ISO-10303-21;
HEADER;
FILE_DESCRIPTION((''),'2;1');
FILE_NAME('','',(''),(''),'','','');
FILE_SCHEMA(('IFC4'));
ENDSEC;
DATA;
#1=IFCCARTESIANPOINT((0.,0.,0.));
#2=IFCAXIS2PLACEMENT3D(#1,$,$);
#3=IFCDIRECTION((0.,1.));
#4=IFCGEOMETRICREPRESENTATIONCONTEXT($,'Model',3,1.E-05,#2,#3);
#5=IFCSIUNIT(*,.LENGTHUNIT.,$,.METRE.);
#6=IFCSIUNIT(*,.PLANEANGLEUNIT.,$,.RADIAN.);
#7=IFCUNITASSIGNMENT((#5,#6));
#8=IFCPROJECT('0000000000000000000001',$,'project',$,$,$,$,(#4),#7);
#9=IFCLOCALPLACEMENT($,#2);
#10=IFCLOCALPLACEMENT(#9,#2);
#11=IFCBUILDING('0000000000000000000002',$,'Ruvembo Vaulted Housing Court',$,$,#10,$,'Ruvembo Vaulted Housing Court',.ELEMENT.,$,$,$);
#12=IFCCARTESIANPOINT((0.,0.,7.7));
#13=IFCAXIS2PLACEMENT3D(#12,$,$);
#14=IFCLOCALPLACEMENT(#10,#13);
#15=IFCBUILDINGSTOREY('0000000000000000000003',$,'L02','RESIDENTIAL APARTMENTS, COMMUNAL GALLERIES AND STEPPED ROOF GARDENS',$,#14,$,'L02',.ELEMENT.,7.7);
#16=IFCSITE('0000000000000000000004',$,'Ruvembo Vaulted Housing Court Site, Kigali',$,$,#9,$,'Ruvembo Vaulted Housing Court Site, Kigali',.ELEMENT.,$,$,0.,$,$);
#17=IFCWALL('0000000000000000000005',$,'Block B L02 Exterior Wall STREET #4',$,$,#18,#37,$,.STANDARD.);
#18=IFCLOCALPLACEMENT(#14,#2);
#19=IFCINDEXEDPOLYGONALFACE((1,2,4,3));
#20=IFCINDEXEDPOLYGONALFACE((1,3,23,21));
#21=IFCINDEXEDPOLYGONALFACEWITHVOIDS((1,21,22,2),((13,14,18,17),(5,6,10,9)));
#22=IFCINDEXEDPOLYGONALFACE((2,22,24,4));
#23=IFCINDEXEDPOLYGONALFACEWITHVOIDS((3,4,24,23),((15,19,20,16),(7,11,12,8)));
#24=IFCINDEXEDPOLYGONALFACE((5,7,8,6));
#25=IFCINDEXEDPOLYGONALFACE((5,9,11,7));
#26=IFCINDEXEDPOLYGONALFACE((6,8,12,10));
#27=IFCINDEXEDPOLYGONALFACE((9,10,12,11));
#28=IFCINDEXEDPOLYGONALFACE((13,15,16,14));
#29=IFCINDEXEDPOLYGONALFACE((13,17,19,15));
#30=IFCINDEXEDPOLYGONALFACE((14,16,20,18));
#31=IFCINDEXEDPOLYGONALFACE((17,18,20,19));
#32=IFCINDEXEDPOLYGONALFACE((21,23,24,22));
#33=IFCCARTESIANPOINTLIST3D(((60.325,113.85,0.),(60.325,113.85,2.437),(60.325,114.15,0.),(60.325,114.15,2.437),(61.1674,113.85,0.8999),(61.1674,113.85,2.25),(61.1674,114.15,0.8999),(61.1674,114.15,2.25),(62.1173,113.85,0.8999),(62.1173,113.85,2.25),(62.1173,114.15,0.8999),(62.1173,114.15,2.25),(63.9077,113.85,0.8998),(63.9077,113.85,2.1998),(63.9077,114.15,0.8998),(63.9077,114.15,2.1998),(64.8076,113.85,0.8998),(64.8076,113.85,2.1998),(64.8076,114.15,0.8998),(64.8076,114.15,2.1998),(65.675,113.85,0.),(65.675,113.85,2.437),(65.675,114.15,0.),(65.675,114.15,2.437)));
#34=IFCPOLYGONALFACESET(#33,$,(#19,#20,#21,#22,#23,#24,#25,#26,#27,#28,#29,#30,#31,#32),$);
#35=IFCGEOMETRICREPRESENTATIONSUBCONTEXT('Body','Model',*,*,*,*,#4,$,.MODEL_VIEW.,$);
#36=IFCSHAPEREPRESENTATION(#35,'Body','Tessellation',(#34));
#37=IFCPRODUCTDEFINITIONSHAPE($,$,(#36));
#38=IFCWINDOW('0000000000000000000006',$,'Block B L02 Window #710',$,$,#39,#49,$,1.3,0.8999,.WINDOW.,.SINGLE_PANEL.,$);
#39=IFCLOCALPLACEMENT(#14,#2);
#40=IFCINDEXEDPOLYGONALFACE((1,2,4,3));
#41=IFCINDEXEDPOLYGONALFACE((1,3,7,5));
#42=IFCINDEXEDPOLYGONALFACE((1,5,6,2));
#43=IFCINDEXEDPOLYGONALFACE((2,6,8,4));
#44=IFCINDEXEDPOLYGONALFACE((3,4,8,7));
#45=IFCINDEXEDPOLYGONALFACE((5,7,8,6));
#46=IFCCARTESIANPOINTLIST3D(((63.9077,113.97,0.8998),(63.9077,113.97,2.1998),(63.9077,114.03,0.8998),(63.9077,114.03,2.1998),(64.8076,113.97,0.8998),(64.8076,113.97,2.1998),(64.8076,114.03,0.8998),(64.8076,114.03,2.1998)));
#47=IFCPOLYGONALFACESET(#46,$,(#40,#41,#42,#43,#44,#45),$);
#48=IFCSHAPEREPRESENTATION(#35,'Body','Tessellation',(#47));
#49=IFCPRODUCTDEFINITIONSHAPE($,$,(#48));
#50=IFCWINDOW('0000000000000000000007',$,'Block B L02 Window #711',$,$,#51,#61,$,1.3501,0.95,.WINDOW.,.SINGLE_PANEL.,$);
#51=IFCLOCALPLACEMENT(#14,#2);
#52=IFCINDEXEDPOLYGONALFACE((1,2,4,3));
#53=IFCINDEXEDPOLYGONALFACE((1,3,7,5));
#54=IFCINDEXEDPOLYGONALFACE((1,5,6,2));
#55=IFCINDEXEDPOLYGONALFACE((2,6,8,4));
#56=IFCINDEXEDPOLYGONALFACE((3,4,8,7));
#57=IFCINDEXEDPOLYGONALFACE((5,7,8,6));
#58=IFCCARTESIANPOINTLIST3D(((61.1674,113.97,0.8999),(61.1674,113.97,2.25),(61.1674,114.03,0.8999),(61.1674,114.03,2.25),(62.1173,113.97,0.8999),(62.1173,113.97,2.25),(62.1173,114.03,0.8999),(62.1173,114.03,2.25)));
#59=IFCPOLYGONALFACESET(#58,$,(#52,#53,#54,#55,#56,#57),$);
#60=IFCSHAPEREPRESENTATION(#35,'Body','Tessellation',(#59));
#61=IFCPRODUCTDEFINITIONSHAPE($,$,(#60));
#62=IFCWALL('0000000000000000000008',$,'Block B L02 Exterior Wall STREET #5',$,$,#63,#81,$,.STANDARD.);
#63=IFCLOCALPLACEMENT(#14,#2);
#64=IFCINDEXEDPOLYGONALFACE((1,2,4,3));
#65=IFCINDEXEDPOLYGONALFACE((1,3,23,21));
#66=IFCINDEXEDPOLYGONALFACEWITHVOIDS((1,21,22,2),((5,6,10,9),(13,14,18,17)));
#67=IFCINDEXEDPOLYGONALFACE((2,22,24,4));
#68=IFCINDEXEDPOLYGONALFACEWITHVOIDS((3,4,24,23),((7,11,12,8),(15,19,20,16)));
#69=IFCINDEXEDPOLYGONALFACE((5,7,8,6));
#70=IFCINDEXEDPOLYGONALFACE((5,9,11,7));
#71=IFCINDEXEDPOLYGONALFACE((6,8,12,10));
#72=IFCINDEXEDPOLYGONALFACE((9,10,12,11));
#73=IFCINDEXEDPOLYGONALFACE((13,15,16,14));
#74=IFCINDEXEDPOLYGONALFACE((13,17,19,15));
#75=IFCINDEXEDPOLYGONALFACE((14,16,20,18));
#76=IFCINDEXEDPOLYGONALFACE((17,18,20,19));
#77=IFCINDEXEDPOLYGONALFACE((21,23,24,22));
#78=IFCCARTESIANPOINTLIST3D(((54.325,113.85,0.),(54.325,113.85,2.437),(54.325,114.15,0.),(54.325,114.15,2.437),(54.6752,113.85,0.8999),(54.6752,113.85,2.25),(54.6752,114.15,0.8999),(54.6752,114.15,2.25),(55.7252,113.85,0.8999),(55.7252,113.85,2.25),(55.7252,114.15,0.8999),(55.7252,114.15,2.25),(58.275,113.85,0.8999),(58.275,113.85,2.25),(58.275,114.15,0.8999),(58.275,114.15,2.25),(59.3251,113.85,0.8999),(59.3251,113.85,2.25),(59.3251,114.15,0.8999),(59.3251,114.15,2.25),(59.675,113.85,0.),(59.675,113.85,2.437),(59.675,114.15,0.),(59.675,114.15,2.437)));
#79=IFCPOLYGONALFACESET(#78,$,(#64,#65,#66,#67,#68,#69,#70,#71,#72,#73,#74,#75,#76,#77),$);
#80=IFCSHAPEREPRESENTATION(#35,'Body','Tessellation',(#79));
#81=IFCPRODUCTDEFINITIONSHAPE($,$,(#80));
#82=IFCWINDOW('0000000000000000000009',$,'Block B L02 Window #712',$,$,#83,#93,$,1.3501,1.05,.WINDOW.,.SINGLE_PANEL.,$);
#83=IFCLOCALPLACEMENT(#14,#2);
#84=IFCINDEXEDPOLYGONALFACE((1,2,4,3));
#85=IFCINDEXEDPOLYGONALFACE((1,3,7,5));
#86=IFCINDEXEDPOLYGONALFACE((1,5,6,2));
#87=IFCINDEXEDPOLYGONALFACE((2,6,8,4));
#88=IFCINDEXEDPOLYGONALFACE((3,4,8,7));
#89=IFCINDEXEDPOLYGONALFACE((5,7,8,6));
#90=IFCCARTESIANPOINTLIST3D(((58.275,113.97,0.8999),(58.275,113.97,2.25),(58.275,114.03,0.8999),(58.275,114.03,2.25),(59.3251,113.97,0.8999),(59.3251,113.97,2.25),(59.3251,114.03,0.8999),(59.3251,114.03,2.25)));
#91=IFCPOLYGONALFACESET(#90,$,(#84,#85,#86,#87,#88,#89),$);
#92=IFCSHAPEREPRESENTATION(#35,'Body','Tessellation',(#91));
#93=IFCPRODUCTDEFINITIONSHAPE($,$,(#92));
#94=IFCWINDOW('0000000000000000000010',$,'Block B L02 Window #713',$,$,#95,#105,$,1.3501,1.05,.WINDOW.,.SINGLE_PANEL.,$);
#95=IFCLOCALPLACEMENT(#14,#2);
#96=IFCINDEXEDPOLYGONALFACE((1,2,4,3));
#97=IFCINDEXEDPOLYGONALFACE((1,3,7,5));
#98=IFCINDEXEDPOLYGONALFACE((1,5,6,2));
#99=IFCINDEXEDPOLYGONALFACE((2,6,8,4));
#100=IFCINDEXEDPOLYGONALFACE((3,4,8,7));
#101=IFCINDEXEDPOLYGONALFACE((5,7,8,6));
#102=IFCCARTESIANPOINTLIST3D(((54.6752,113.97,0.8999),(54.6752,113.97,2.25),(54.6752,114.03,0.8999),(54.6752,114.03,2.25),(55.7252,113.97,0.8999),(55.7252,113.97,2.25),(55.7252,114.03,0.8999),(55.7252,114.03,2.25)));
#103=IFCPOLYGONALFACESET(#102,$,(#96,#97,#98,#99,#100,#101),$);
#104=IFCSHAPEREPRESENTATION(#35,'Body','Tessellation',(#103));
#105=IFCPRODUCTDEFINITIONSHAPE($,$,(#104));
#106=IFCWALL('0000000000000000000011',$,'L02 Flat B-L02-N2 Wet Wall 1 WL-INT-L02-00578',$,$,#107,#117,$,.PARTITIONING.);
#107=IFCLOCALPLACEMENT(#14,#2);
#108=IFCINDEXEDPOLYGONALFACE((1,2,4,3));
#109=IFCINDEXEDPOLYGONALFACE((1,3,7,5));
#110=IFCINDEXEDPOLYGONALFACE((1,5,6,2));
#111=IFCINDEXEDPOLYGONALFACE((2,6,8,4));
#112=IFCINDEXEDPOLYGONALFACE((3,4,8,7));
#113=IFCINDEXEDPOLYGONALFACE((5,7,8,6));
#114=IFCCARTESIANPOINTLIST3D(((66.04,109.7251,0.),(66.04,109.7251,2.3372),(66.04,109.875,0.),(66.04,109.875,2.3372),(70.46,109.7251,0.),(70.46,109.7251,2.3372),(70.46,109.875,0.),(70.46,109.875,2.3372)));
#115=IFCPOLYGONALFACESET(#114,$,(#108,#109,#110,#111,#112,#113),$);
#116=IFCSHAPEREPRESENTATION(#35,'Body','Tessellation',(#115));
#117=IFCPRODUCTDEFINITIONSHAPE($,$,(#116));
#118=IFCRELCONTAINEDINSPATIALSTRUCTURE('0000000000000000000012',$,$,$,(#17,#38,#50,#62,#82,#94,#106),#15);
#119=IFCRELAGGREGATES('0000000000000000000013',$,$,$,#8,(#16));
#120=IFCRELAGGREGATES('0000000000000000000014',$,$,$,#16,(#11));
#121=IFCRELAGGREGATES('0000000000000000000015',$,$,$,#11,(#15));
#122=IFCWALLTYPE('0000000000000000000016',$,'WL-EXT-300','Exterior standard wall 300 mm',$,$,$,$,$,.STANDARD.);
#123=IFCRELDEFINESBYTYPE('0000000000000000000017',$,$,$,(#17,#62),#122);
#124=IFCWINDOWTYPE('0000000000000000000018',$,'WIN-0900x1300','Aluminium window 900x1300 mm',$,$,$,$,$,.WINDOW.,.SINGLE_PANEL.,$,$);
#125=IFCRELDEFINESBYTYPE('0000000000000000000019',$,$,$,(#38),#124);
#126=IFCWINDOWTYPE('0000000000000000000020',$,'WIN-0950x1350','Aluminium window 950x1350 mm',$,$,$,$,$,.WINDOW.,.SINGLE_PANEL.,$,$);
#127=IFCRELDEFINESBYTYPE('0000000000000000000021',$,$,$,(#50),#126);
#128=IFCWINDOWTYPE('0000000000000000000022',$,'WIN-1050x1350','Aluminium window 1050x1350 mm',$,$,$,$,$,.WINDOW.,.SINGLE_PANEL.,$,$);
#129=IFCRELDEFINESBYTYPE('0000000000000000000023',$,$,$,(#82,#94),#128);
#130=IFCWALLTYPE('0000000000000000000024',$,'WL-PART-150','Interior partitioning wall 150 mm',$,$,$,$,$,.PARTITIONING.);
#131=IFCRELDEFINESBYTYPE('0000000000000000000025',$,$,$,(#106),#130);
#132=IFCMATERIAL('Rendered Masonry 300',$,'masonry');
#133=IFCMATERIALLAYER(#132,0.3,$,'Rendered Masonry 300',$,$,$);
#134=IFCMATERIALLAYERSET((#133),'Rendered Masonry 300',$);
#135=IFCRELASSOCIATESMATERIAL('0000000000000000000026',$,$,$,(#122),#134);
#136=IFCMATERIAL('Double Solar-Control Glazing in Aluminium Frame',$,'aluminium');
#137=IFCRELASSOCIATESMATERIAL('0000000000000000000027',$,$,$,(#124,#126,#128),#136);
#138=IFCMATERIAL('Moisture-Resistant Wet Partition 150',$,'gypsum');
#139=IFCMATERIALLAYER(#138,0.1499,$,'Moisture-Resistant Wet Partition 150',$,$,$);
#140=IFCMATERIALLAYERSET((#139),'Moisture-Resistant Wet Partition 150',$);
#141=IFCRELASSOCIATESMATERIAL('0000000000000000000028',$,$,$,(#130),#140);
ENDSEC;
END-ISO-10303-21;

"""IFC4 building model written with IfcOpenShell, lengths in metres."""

from ifc_helpers import new_model, si_unit, direction, frame, frame_2d, origin, place, context, subcontext, project, spatial, rectangle, extrude, material, layer, layer_set, type_object, element, fill, save


model = new_model("IFC4")

# Units and contexts
model_context = context("Model", 3, precision=1e-05, world=origin(), true_north=direction((0.0, 1.0)))
body_context = subcontext(model_context, "Body", "Model", "MODEL_VIEW")
ifc_project = project(units=[si_unit("LENGTHUNIT", "METRE"), si_unit("PLANEANGLEUNIT", "RADIAN")], contexts=[model_context])

# Site, building, storey
site_placement = place(None, origin())
site = spatial("IfcSite", under=ifc_project, at=site_placement, Name="Ruvembo Vaulted Housing Court Site, Kigali", LongName="Ruvembo Vaulted Housing Court Site, Kigali", CompositionType="ELEMENT", RefElevation=0.0)
building_placement = place(site_placement, origin())
building = spatial("IfcBuilding", under=site, at=building_placement, Name="Ruvembo Vaulted Housing Court", LongName="Ruvembo Vaulted Housing Court", CompositionType="ELEMENT")
storey_placement = place(building_placement, frame((0.0, 0.0, 7.7)))
storey = spatial("IfcBuildingStorey", under=building, at=storey_placement, Name="L02", Description="RESIDENTIAL APARTMENTS, COMMUNAL GALLERIES AND STEPPED ROOF GARDENS", LongName="L02", CompositionType="ELEMENT", Elevation=7.7)

# Walls, openings, windows
ifc_material_1 = material(Name="Rendered Masonry 300", Category="masonry")
ifc_layer_1 = layer(ifc_material_1, 0.3, Name="Rendered Masonry 300")
ifc_layer_set_1 = layer_set([ifc_layer_1], Name="Rendered Masonry 300")
wall_type_1 = type_object("IfcWallType", Name="WL-EXT-300", Description="Exterior standard wall 300 mm", PredefinedType="STANDARD", material=ifc_layer_set_1)
wall_1_placement = place(storey_placement, frame((65.675, 114.0, 0.0), z_axis=(0.0, 0.0, 1.0), x_axis=(-1.0, 0.0, 0.0)))
wall_1 = element("IfcWall", 1, at=wall_1_placement, inside=storey, type_object=wall_type_1, Name="Block B L02 Exterior Wall STREET #4", PredefinedType="STANDARD", context=body_context, shape_type="SweptSolid", body=[
    extrude(rectangle(XDim=5.3501, YDim=0.3, at=frame_2d((2.675, 0.0))), origin(), (0.0, 0.0, 1.0), 2.437),
])
opening_1_placement = place(wall_1_placement, frame((0.8674, 0.0, 0.8999)))
opening_1 = element("IfcOpeningElement", 2, at=opening_1_placement, cuts=wall_1, PredefinedType="OPENING", context=body_context, shape_type="SweptSolid", body=[
    extrude(rectangle(XDim=0.8999, YDim=1.3, at=frame_2d((0.45, 0.6499))), frame((0.0, 0.1599, 0.0), z_axis=(0.0, -1.0, 0.0), x_axis=(1.0, 0.0, 0.0)), (0.0, 0.0, 1.0), 0.3201),
])
opening_2_placement = place(wall_1_placement, frame((3.5576, 0.0, 0.8999)))
opening_2 = element("IfcOpeningElement", 3, at=opening_2_placement, cuts=wall_1, PredefinedType="OPENING", context=body_context, shape_type="SweptSolid", body=[
    extrude(rectangle(XDim=0.95, YDim=1.3501, at=frame_2d((0.4751, 0.675))), frame((0.0, 0.1599, 0.0), z_axis=(0.0, -1.0, 0.0), x_axis=(1.0, 0.0, 0.0)), (0.0, 0.0, 1.0), 0.3201),
])
ifc_material_2 = material(Name="Double Solar-Control Glazing in Aluminium Frame", Category="aluminium")
window_type_1 = type_object("IfcWindowType", Name="WIN-0900x1300", Description="Aluminium window 900x1300 mm", PartitioningType="SINGLE_PANEL", PredefinedType="WINDOW", material=ifc_material_2)
window_1_placement = place(opening_1_placement, origin())
window_1 = element("IfcWindow", 4, at=window_1_placement, inside=storey, type_object=window_type_1, Name="Block B L02 Window #710", OverallHeight=1.3, OverallWidth=0.8999, PartitioningType="SINGLE_PANEL", PredefinedType="WINDOW", context=body_context, shape_type="SweptSolid", body=[
    extrude(rectangle(XDim=0.8999, YDim=1.3, at=frame_2d((0.45, 0.6499))), frame((0.0, 0.03, 0.0), z_axis=(0.0, -1.0, 0.0), x_axis=(1.0, 0.0, 0.0)), (0.0, 0.0, 1.0), 0.0601),
])
fill(opening_1, window_1)
window_type_2 = type_object("IfcWindowType", Name="WIN-0950x1350", Description="Aluminium window 950x1350 mm", PartitioningType="SINGLE_PANEL", PredefinedType="WINDOW", material=ifc_material_2)
window_2_placement = place(opening_2_placement, origin())
window_2 = element("IfcWindow", 5, at=window_2_placement, inside=storey, type_object=window_type_2, Name="Block B L02 Window #711", OverallHeight=1.3501, OverallWidth=0.95, PartitioningType="SINGLE_PANEL", PredefinedType="WINDOW", context=body_context, shape_type="SweptSolid", body=[
    extrude(rectangle(XDim=0.95, YDim=1.3501, at=frame_2d((0.4751, 0.675))), frame((0.0, 0.03, 0.0), z_axis=(0.0, -1.0, 0.0), x_axis=(1.0, 0.0, 0.0)), (0.0, 0.0, 1.0), 0.0601),
])
fill(opening_2, window_2)
wall_2_placement = place(storey_placement, frame((59.675, 114.0, 0.0), z_axis=(0.0, 0.0, 1.0), x_axis=(-1.0, 0.0, 0.0)))
wall_2 = element("IfcWall", 6, at=wall_2_placement, inside=storey, type_object=wall_type_1, Name="Block B L02 Exterior Wall STREET #5", PredefinedType="STANDARD", context=body_context, shape_type="SweptSolid", body=[
    extrude(rectangle(XDim=5.3501, YDim=0.3, at=frame_2d((2.675, 0.0))), origin(), (0.0, 0.0, 1.0), 2.437),
])
opening_3_placement = place(wall_2_placement, frame((0.3501, 0.0, 0.8999)))
opening_3 = element("IfcOpeningElement", 7, at=opening_3_placement, cuts=wall_2, PredefinedType="OPENING", context=body_context, shape_type="SweptSolid", body=[
    extrude(rectangle(XDim=1.05, YDim=1.3501, at=frame_2d((0.5249, 0.675))), frame((0.0, 0.1599, 0.0), z_axis=(0.0, -1.0, 0.0), x_axis=(1.0, 0.0, 0.0)), (0.0, 0.0, 1.0), 0.3201),
])
opening_4_placement = place(wall_2_placement, frame((3.95, 0.0, 0.8999)))
opening_4 = element("IfcOpeningElement", 8, at=opening_4_placement, cuts=wall_2, PredefinedType="OPENING", context=body_context, shape_type="SweptSolid", body=[
    extrude(rectangle(XDim=1.05, YDim=1.3501, at=frame_2d((0.5249, 0.675))), frame((0.0, 0.1599, 0.0), z_axis=(0.0, -1.0, 0.0), x_axis=(1.0, 0.0, 0.0)), (0.0, 0.0, 1.0), 0.3201),
])
window_type_3 = type_object("IfcWindowType", Name="WIN-1050x1350", Description="Aluminium window 1050x1350 mm", PartitioningType="SINGLE_PANEL", PredefinedType="WINDOW", material=ifc_material_2)
window_3_placement = place(opening_3_placement, origin())
window_3 = element("IfcWindow", 9, at=window_3_placement, inside=storey, type_object=window_type_3, Name="Block B L02 Window #712", OverallHeight=1.3501, OverallWidth=1.05, PartitioningType="SINGLE_PANEL", PredefinedType="WINDOW", context=body_context, shape_type="SweptSolid", body=[
    extrude(rectangle(XDim=1.05, YDim=1.3501, at=frame_2d((0.5249, 0.675))), frame((0.0, 0.03, 0.0), z_axis=(0.0, -1.0, 0.0), x_axis=(1.0, 0.0, 0.0)), (0.0, 0.0, 1.0), 0.0601),
])
fill(opening_3, window_3)
window_4_placement = place(opening_4_placement, origin())
window_4 = element("IfcWindow", 10, at=window_4_placement, inside=storey, type_object=window_type_3, Name="Block B L02 Window #713", OverallHeight=1.3501, OverallWidth=1.05, PartitioningType="SINGLE_PANEL", PredefinedType="WINDOW", context=body_context, shape_type="SweptSolid", body=[
    extrude(rectangle(XDim=1.05, YDim=1.3501, at=frame_2d((0.5249, 0.675))), frame((0.0, 0.03, 0.0), z_axis=(0.0, -1.0, 0.0), x_axis=(1.0, 0.0, 0.0)), (0.0, 0.0, 1.0), 0.0601),
])
fill(opening_4, window_4)

# Wall
ifc_material_3 = material(Name="Moisture-Resistant Wet Partition 150", Category="gypsum")
ifc_layer_2 = layer(ifc_material_3, 0.1499, Name="Moisture-Resistant Wet Partition 150")
ifc_layer_set_2 = layer_set([ifc_layer_2], Name="Moisture-Resistant Wet Partition 150")
wall_type_2 = type_object("IfcWallType", Name="WL-PART-150", Description="Interior partitioning wall 150 mm", PredefinedType="PARTITIONING", material=ifc_layer_set_2)
wall_3_placement = place(storey_placement, frame((66.04, 109.8, 0.0), z_axis=(0.0, 0.0, 1.0), x_axis=(1.0, 0.0, 0.0)))
element("IfcWall", 11, at=wall_3_placement, inside=storey, type_object=wall_type_2, Name="L02 Flat B-L02-N2 Wet Wall 1 WL-INT-L02-00578", PredefinedType="PARTITIONING", context=body_context, shape_type="SweptSolid", body=[
    extrude(rectangle(XDim=4.4199, YDim=0.1499, at=frame_2d((2.21, 0.0))), origin(), (0.0, 0.0, 1.0), 2.3372),
])

save(model, "model.ifc")
